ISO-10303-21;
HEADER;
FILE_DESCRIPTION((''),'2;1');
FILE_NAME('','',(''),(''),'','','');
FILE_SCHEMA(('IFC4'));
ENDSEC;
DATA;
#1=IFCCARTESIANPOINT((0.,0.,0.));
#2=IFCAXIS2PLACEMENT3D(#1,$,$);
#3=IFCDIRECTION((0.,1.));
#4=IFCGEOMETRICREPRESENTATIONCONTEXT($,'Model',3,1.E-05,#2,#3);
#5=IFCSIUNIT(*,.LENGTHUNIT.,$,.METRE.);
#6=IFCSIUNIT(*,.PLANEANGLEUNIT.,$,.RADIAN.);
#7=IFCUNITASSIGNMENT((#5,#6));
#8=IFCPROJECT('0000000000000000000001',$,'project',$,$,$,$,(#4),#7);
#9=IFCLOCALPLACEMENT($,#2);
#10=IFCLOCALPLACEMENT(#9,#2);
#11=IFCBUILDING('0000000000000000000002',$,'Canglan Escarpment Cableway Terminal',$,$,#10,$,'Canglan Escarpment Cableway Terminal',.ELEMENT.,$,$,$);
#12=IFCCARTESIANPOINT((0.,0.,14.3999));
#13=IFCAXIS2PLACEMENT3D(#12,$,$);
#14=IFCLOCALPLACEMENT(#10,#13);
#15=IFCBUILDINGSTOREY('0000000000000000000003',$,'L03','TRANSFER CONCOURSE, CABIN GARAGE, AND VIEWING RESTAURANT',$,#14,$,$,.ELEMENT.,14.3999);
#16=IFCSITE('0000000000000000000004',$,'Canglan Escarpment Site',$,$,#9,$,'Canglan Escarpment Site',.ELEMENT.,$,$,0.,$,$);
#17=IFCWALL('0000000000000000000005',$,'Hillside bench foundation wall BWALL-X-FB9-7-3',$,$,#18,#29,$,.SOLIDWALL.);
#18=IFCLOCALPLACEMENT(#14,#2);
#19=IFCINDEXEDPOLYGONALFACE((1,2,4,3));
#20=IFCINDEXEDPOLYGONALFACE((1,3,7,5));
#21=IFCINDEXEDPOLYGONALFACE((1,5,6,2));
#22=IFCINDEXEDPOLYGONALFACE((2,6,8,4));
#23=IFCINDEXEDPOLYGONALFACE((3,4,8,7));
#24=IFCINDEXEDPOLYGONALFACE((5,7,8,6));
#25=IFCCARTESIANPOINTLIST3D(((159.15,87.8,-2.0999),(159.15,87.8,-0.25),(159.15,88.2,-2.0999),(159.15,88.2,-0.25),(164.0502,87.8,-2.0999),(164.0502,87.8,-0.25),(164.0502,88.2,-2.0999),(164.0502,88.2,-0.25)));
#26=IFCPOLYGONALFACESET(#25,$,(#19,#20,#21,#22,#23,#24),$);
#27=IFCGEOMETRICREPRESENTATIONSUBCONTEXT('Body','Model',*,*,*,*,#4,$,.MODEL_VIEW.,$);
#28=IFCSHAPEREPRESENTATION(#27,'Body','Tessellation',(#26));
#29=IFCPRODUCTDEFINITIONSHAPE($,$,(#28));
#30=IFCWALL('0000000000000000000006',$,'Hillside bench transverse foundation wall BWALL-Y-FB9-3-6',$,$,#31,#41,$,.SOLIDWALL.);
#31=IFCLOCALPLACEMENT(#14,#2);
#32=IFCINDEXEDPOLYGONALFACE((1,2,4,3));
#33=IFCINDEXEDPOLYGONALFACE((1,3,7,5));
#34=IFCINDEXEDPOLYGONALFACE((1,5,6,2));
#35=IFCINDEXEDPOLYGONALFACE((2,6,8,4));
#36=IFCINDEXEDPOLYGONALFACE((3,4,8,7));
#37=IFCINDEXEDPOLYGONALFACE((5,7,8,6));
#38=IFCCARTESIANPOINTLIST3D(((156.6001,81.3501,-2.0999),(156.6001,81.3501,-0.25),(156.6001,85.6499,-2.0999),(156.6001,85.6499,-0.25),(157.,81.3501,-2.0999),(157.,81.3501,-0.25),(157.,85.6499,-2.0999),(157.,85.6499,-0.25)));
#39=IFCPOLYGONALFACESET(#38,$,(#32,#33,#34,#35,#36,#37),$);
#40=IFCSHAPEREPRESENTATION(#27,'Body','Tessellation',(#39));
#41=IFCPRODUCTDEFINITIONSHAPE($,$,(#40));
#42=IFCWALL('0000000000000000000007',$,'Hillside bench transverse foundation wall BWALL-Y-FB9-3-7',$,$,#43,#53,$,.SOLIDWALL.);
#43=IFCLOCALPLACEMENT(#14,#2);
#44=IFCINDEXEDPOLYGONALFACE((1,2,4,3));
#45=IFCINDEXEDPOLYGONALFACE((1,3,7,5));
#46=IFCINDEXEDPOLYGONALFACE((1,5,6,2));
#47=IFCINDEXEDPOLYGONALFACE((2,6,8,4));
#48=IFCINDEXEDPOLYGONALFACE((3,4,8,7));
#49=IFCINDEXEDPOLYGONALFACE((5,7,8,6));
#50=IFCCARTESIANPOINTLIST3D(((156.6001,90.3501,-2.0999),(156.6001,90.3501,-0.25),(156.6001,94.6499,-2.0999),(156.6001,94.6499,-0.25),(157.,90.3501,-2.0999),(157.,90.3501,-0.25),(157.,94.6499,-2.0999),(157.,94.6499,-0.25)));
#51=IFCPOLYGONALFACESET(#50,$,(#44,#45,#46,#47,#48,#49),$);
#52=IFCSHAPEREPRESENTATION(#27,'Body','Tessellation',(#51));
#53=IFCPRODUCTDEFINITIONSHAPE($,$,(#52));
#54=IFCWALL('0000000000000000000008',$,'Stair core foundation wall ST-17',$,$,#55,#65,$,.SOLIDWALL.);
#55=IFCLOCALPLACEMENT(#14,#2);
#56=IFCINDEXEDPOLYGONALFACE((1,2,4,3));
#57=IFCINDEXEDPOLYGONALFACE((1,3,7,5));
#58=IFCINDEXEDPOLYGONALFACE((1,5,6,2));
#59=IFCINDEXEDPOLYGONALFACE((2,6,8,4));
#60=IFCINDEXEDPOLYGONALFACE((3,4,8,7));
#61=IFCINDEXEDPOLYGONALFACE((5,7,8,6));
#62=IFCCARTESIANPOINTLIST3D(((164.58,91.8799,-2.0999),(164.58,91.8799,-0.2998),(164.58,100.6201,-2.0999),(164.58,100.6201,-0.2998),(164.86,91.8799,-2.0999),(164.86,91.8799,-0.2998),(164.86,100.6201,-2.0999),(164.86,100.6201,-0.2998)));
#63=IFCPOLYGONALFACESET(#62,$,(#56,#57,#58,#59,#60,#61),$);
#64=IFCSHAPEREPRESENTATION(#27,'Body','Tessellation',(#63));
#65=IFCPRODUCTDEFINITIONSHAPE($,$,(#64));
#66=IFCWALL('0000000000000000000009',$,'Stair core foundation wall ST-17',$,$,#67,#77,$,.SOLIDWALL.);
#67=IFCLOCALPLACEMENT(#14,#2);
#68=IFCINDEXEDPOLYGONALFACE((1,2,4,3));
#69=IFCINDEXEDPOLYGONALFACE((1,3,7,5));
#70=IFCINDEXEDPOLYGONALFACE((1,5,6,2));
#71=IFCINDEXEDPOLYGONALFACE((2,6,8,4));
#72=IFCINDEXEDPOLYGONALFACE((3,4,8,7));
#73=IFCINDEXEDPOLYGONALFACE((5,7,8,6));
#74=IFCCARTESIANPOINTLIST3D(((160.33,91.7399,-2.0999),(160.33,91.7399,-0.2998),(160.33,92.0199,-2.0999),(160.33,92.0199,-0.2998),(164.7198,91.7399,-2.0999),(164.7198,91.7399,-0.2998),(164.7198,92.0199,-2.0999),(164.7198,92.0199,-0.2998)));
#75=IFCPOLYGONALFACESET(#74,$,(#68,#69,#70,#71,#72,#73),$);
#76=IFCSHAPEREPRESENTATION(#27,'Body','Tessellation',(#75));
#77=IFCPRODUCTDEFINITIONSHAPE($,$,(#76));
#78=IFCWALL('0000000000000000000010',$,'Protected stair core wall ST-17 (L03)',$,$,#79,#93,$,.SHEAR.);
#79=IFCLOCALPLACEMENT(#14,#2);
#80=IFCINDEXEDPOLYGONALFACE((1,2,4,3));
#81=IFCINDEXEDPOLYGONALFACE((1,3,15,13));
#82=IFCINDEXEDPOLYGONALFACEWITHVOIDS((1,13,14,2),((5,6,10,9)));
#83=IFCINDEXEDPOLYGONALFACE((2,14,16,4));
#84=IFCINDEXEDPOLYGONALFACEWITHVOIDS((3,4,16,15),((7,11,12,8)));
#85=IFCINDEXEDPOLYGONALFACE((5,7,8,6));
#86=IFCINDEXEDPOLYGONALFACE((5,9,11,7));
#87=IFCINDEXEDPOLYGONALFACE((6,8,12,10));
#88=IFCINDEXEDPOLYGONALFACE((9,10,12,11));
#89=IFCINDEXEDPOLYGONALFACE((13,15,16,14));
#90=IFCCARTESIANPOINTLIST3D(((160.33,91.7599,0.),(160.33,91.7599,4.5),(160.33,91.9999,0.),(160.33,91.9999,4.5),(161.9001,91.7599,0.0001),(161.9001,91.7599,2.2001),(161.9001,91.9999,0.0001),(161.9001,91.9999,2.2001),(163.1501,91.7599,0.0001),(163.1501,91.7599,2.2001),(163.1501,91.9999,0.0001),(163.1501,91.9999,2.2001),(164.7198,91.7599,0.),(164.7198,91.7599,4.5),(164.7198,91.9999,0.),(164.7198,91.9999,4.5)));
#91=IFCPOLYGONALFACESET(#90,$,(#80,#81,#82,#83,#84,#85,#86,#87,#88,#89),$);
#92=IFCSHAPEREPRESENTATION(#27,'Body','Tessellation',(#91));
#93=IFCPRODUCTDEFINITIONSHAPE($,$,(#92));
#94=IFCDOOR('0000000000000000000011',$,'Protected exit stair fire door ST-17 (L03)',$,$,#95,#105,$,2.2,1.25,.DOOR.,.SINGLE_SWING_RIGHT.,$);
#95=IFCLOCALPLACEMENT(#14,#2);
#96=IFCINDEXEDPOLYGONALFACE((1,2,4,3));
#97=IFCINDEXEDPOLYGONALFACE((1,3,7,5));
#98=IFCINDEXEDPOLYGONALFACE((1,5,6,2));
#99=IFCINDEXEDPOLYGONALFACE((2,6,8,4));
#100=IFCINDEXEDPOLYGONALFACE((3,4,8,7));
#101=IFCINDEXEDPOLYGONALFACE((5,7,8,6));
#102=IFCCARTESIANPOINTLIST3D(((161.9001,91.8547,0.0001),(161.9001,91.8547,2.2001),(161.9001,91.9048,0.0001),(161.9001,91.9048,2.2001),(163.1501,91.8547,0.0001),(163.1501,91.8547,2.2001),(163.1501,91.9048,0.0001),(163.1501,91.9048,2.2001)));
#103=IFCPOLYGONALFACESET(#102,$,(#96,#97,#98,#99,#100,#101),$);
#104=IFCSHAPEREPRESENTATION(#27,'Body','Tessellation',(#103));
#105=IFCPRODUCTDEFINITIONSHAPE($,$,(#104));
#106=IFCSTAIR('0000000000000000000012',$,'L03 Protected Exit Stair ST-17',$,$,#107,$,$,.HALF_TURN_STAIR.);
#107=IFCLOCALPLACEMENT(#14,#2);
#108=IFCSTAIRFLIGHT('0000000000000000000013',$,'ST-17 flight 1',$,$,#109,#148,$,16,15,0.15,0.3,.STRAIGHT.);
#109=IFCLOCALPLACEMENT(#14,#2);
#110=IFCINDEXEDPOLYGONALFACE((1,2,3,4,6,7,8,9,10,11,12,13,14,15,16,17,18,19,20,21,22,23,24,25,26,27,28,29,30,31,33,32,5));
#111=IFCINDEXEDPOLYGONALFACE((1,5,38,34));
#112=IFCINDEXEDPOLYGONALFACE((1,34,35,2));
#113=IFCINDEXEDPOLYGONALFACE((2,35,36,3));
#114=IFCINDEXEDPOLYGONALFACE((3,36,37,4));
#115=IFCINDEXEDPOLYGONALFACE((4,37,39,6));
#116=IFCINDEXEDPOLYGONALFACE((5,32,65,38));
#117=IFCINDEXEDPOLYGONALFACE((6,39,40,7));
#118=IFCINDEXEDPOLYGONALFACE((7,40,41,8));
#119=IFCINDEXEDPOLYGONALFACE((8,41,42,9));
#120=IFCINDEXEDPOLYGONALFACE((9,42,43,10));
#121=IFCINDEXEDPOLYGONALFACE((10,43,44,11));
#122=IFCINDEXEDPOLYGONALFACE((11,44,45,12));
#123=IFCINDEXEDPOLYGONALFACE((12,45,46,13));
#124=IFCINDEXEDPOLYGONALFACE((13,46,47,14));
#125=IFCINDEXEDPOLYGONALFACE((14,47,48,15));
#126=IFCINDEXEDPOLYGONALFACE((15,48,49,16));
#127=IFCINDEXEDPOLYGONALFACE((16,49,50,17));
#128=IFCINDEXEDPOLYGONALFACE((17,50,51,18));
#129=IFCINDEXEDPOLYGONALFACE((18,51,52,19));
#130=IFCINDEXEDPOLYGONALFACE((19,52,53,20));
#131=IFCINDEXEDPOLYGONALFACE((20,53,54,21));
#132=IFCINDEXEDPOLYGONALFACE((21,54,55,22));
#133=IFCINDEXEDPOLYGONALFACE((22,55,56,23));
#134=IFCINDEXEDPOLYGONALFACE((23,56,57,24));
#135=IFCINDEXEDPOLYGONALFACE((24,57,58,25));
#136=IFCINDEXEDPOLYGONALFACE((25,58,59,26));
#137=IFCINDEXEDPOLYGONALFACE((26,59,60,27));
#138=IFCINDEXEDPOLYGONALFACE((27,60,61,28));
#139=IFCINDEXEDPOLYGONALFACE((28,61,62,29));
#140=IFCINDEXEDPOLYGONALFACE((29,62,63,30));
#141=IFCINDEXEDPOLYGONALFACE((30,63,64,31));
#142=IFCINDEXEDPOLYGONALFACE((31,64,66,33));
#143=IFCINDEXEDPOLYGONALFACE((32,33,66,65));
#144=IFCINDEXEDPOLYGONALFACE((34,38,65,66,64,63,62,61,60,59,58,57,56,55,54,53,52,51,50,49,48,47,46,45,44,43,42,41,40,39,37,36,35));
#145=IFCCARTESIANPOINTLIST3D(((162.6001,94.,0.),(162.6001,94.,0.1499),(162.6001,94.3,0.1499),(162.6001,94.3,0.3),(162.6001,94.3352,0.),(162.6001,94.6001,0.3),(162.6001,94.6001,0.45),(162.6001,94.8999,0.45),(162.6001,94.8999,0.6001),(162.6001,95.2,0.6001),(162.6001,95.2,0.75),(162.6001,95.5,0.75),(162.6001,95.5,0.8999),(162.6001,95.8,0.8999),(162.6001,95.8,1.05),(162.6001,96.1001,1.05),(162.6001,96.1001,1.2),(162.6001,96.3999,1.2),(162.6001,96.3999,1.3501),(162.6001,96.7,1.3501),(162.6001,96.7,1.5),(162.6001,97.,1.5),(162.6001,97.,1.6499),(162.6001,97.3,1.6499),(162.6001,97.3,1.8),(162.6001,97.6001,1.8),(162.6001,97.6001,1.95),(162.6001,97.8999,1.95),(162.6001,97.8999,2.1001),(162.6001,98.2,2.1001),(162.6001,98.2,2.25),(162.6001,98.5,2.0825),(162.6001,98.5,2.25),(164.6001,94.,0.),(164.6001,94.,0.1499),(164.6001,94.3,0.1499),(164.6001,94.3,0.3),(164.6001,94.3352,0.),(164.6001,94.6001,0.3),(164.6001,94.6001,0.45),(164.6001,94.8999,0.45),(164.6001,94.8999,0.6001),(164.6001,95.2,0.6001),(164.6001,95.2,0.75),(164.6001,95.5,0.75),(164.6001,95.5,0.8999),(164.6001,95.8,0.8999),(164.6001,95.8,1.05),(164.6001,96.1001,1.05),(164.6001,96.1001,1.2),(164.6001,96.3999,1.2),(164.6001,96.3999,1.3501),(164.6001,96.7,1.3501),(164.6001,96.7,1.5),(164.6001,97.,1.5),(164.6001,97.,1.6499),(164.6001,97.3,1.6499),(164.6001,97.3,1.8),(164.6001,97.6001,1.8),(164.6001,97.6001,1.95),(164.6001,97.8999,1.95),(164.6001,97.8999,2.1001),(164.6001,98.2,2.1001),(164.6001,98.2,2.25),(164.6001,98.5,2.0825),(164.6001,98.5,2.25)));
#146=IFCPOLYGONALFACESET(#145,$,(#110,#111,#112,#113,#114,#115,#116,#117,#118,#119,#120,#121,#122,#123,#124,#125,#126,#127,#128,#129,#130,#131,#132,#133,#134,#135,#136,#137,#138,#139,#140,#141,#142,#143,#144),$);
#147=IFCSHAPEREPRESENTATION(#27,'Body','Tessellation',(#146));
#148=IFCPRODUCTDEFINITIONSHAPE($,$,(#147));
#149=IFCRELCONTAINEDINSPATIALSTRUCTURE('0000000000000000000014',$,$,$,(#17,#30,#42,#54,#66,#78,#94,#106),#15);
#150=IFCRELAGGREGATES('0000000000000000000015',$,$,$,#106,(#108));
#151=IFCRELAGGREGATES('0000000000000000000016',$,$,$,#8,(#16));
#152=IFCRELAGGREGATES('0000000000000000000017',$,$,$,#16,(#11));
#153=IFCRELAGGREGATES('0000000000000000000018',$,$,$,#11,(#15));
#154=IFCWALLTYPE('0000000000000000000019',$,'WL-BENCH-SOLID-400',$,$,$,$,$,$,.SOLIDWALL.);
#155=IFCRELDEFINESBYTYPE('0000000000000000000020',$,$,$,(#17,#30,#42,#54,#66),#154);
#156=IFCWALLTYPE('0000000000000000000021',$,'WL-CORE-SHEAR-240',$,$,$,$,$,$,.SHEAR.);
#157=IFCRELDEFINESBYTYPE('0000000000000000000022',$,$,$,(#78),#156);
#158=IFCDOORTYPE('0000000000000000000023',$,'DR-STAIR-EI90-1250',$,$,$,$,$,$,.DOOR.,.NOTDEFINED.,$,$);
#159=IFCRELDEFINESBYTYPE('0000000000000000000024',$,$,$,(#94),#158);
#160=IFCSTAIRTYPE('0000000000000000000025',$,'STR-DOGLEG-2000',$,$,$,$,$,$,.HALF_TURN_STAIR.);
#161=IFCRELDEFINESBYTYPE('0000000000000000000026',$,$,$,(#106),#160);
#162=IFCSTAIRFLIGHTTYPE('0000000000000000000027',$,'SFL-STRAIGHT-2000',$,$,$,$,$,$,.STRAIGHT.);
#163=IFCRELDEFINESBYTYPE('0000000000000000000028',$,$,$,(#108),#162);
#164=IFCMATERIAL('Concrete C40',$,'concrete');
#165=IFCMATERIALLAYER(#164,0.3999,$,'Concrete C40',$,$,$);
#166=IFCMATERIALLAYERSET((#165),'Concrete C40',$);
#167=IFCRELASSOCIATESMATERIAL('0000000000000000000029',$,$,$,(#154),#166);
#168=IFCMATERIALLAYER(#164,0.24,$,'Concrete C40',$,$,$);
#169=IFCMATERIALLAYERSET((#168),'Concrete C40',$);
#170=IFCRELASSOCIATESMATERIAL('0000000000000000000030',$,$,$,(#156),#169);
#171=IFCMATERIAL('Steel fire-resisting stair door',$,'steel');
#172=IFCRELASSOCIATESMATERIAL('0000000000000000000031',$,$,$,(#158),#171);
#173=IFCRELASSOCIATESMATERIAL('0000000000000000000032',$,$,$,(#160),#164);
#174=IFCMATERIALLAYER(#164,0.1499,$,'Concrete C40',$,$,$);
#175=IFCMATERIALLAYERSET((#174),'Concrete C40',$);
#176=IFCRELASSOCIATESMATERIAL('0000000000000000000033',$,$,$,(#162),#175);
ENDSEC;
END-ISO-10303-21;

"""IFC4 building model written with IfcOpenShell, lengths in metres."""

from ifc_helpers import new_model, si_unit, direction, frame, frame_2d, origin, place, context, subcontext, project, spatial, polyline, rectangle, outline, extrude, material, layer, layer_set, type_object, element, fill, aggregate, save


model = new_model("IFC4")

# Units and contexts
model_context = context("Model", 3, precision=1e-05, world=origin(), true_north=direction((0.0, 1.0)))
body_context = subcontext(model_context, "Body", "Model", "MODEL_VIEW")
ifc_project = project(units=[si_unit("LENGTHUNIT", "METRE"), si_unit("PLANEANGLEUNIT", "RADIAN")], contexts=[model_context])

# Site, building, storey
site_placement = place(None, origin())
site = spatial("IfcSite", under=ifc_project, at=site_placement, Name="Canglan Escarpment Site", LongName="Canglan Escarpment Site", CompositionType="ELEMENT", RefElevation=0.0)
building_placement = place(site_placement, origin())
building = spatial("IfcBuilding", under=site, at=building_placement, Name="Canglan Escarpment Cableway Terminal", LongName="Canglan Escarpment Cableway Terminal", CompositionType="ELEMENT")
storey_placement = place(building_placement, frame((0.0, 0.0, 14.3999)))
storey = spatial("IfcBuildingStorey", under=building, at=storey_placement, Name="L03", Description="TRANSFER CONCOURSE, CABIN GARAGE, AND VIEWING RESTAURANT", CompositionType="ELEMENT", Elevation=14.3999)

# Shared definitions
ifc_material_1 = material(Name="Concrete C40", Category="concrete")

# Walls
ifc_layer_1 = layer(ifc_material_1, 0.3999, Name="Concrete C40")
ifc_layer_set_1 = layer_set([ifc_layer_1], Name="Concrete C40")
wall_type_1 = type_object("IfcWallType", Name="WL-BENCH-SOLID-400", PredefinedType="SOLIDWALL", material=ifc_layer_set_1)
wall_1_placement = place(storey_placement, frame((159.1499, 88.0, -2.0999), z_axis=(0.0, 0.0, 1.0), x_axis=(1.0, 0.0, 0.0)))
element("IfcWall", 1, at=wall_1_placement, inside=storey, type_object=wall_type_1, Name="Hillside bench foundation wall BWALL-X-FB9-7-3", PredefinedType="SOLIDWALL", context=body_context, shape_type="SweptSolid", body=[
    extrude(rectangle(XDim=4.9001, YDim=0.3999, at=frame_2d((2.4502, 0.0))), origin(), (0.0, 0.0, 1.0), 1.8499),
])
for number, where, z_axis, x_axis, name in (
    (2, (156.8, 81.3501, -2.0999), (0.0, 0.0, 1.0), (0.0, 1.0, 0.0), "Hillside bench transverse foundation wall BWALL-Y-FB9-3-6"),
    (3, (156.8, 90.3501, -2.0999), (0.0, 0.0, 1.0), (0.0, 1.0, 0.0), "Hillside bench transverse foundation wall BWALL-Y-FB9-3-7"),
):
    element("IfcWall", number, at=place(storey_placement, frame(where, z_axis=z_axis, x_axis=x_axis)), inside=storey, type_object=wall_type_1, Name=name, PredefinedType="SOLIDWALL", context=body_context, shape_type="SweptSolid", body=[
        extrude(rectangle(XDim=4.2998, YDim=0.3999, at=frame_2d((2.1499, 0.0))), origin(), (0.0, 0.0, 1.0), 1.8499),
    ])
wall_2_placement = place(storey_placement, frame((164.72, 91.8799, -2.0999), z_axis=(0.0, 0.0, 1.0), x_axis=(0.0, 1.0, 0.0)))
element("IfcWall", 4, at=wall_2_placement, inside=storey, type_object=wall_type_1, Name="Stair core foundation wall ST-17", PredefinedType="SOLIDWALL", context=body_context, shape_type="SweptSolid", body=[
    extrude(rectangle(XDim=8.7402, YDim=0.28, at=frame_2d((4.3701, 0.0))), origin(), (0.0, 0.0, 1.0), 1.8),
])
wall_3_placement = place(storey_placement, frame((160.3301, 91.8799, -2.0999), z_axis=(0.0, 0.0, 1.0), x_axis=(1.0, 0.0, 0.0)))
element("IfcWall", 5, at=wall_3_placement, inside=storey, type_object=wall_type_1, Name="Stair core foundation wall ST-17", PredefinedType="SOLIDWALL", context=body_context, shape_type="SweptSolid", body=[
    extrude(rectangle(XDim=4.3899, YDim=0.28, at=frame_2d((2.1948, 0.0))), origin(), (0.0, 0.0, 1.0), 1.8),
])

# Wall, opening, door
ifc_layer_2 = layer(ifc_material_1, 0.24, Name="Concrete C40")
ifc_layer_set_2 = layer_set([ifc_layer_2], Name="Concrete C40")
wall_type_2 = type_object("IfcWallType", Name="WL-CORE-SHEAR-240", PredefinedType="SHEAR", material=ifc_layer_set_2)
wall_4_placement = place(storey_placement, frame((160.3301, 91.8799, 0.0), z_axis=(0.0, 0.0, 1.0), x_axis=(1.0, 0.0, 0.0)))
wall_4 = element("IfcWall", 6, at=wall_4_placement, inside=storey, type_object=wall_type_2, Name="Protected stair core wall ST-17 (L03)", PredefinedType="SHEAR", context=body_context, shape_type="SweptSolid", body=[
    extrude(rectangle(XDim=4.3899, YDim=0.24, at=frame_2d((2.1948, 0.0))), origin(), (0.0, 0.0, 1.0), 4.5),
])
opening_placement = place(wall_4_placement, frame((1.5701, 0.0, 0.0)))
opening = element("IfcOpeningElement", 7, at=opening_placement, cuts=wall_4, PredefinedType="OPENING", context=body_context, shape_type="SweptSolid", body=[
    extrude(rectangle(XDim=1.25, YDim=2.2, at=frame_2d((0.625, 1.1001))), frame((0.0, 0.1299, 0.0), z_axis=(0.0, -1.0, 0.0), x_axis=(1.0, 0.0, 0.0)), (0.0, 0.0, 1.0), 0.26),
])
ifc_material_2 = material(Name="Steel fire-resisting stair door", Category="steel")
door_type = type_object("IfcDoorType", Name="DR-STAIR-EI90-1250", OperationType="NOTDEFINED", PredefinedType="DOOR", material=ifc_material_2)
door_placement = place(opening_placement, origin())
door = element("IfcDoor", 8, at=door_placement, inside=storey, type_object=door_type, Name="Protected exit stair fire door ST-17 (L03)", OperationType="SINGLE_SWING_RIGHT", OverallHeight=2.2, OverallWidth=1.25, PredefinedType="DOOR", context=body_context, shape_type="SweptSolid", body=[
    extrude(rectangle(XDim=1.25, YDim=2.2, at=frame_2d((0.625, 1.1001))), frame((0.0, 0.0249, 0.0), z_axis=(0.0, -1.0, 0.0), x_axis=(1.0, 0.0, 0.0)), (0.0, 0.0, 1.0), 0.05),
])
fill(opening, door)

# Stair, stair flight
stair_type = type_object("IfcStairType", Name="STR-DOGLEG-2000", PredefinedType="HALF_TURN_STAIR", material=ifc_material_1)
stair_placement = place(storey_placement, origin())
stair = element("IfcStair", 9, at=stair_placement, inside=storey, type_object=stair_type, Name="L03 Protected Exit Stair ST-17", PredefinedType="HALF_TURN_STAIR")
ifc_layer_3 = layer(ifc_material_1, 0.1499, Name="Concrete C40")
ifc_layer_set_3 = layer_set([ifc_layer_3], Name="Concrete C40")
stair_flight_type = type_object("IfcStairFlightType", Name="SFL-STRAIGHT-2000", PredefinedType="STRAIGHT", material=ifc_layer_set_3)
stair_flight_placement = place(storey_placement, frame((163.6001, 94.0, 0.0), z_axis=(0.0, 0.0, 1.0), x_axis=(0.0, 1.0, 0.0)))
stair_flight = element("IfcStairFlight", 10, at=stair_flight_placement, type_object=stair_flight_type, Name="ST-17 flight 1", NumberOfRisers=16, NumberOfTreads=15, PredefinedType="STRAIGHT", RiserHeight=0.15, TreadLength=0.3, context=body_context, shape_type="SweptSolid", body=[
    extrude(outline(polyline([(0.0, 0.0), (0.0, 0.1499), (0.3, 0.1499), (0.3, 0.3), (0.6001, 0.3), (0.6001, 0.45), (0.8999, 0.45), (0.8999, 0.6001), (1.2, 0.6001), (1.2, 0.75), (1.5, 0.75), (1.5, 0.8999), (1.8, 0.8999), (1.8, 1.05), (2.1001, 1.05), (2.1001, 1.2), (2.3999, 1.2), (2.3999, 1.3501), (2.7, 1.3501), (2.7, 1.5), (3.0, 1.5), (3.0, 1.6499), (3.3, 1.6499), (3.3, 1.8), (3.6001, 1.8), (3.6001, 1.95), (3.8999, 1.95), (3.8999, 2.1001), (4.2, 2.1001), (4.2, 2.25), (4.5, 2.25), (4.5, 2.3999), (4.5, 2.0825), (0.3352, 0.0), (0.0, 0.0)])), frame((0.0, 1.0, 0.0), z_axis=(0.0, -1.0, 0.0), x_axis=(1.0, 0.0, 0.0)), (0.0, 0.0, 1.0), 2.0),
])
aggregate(stair, [stair_flight])

save(model, "model.ifc")
